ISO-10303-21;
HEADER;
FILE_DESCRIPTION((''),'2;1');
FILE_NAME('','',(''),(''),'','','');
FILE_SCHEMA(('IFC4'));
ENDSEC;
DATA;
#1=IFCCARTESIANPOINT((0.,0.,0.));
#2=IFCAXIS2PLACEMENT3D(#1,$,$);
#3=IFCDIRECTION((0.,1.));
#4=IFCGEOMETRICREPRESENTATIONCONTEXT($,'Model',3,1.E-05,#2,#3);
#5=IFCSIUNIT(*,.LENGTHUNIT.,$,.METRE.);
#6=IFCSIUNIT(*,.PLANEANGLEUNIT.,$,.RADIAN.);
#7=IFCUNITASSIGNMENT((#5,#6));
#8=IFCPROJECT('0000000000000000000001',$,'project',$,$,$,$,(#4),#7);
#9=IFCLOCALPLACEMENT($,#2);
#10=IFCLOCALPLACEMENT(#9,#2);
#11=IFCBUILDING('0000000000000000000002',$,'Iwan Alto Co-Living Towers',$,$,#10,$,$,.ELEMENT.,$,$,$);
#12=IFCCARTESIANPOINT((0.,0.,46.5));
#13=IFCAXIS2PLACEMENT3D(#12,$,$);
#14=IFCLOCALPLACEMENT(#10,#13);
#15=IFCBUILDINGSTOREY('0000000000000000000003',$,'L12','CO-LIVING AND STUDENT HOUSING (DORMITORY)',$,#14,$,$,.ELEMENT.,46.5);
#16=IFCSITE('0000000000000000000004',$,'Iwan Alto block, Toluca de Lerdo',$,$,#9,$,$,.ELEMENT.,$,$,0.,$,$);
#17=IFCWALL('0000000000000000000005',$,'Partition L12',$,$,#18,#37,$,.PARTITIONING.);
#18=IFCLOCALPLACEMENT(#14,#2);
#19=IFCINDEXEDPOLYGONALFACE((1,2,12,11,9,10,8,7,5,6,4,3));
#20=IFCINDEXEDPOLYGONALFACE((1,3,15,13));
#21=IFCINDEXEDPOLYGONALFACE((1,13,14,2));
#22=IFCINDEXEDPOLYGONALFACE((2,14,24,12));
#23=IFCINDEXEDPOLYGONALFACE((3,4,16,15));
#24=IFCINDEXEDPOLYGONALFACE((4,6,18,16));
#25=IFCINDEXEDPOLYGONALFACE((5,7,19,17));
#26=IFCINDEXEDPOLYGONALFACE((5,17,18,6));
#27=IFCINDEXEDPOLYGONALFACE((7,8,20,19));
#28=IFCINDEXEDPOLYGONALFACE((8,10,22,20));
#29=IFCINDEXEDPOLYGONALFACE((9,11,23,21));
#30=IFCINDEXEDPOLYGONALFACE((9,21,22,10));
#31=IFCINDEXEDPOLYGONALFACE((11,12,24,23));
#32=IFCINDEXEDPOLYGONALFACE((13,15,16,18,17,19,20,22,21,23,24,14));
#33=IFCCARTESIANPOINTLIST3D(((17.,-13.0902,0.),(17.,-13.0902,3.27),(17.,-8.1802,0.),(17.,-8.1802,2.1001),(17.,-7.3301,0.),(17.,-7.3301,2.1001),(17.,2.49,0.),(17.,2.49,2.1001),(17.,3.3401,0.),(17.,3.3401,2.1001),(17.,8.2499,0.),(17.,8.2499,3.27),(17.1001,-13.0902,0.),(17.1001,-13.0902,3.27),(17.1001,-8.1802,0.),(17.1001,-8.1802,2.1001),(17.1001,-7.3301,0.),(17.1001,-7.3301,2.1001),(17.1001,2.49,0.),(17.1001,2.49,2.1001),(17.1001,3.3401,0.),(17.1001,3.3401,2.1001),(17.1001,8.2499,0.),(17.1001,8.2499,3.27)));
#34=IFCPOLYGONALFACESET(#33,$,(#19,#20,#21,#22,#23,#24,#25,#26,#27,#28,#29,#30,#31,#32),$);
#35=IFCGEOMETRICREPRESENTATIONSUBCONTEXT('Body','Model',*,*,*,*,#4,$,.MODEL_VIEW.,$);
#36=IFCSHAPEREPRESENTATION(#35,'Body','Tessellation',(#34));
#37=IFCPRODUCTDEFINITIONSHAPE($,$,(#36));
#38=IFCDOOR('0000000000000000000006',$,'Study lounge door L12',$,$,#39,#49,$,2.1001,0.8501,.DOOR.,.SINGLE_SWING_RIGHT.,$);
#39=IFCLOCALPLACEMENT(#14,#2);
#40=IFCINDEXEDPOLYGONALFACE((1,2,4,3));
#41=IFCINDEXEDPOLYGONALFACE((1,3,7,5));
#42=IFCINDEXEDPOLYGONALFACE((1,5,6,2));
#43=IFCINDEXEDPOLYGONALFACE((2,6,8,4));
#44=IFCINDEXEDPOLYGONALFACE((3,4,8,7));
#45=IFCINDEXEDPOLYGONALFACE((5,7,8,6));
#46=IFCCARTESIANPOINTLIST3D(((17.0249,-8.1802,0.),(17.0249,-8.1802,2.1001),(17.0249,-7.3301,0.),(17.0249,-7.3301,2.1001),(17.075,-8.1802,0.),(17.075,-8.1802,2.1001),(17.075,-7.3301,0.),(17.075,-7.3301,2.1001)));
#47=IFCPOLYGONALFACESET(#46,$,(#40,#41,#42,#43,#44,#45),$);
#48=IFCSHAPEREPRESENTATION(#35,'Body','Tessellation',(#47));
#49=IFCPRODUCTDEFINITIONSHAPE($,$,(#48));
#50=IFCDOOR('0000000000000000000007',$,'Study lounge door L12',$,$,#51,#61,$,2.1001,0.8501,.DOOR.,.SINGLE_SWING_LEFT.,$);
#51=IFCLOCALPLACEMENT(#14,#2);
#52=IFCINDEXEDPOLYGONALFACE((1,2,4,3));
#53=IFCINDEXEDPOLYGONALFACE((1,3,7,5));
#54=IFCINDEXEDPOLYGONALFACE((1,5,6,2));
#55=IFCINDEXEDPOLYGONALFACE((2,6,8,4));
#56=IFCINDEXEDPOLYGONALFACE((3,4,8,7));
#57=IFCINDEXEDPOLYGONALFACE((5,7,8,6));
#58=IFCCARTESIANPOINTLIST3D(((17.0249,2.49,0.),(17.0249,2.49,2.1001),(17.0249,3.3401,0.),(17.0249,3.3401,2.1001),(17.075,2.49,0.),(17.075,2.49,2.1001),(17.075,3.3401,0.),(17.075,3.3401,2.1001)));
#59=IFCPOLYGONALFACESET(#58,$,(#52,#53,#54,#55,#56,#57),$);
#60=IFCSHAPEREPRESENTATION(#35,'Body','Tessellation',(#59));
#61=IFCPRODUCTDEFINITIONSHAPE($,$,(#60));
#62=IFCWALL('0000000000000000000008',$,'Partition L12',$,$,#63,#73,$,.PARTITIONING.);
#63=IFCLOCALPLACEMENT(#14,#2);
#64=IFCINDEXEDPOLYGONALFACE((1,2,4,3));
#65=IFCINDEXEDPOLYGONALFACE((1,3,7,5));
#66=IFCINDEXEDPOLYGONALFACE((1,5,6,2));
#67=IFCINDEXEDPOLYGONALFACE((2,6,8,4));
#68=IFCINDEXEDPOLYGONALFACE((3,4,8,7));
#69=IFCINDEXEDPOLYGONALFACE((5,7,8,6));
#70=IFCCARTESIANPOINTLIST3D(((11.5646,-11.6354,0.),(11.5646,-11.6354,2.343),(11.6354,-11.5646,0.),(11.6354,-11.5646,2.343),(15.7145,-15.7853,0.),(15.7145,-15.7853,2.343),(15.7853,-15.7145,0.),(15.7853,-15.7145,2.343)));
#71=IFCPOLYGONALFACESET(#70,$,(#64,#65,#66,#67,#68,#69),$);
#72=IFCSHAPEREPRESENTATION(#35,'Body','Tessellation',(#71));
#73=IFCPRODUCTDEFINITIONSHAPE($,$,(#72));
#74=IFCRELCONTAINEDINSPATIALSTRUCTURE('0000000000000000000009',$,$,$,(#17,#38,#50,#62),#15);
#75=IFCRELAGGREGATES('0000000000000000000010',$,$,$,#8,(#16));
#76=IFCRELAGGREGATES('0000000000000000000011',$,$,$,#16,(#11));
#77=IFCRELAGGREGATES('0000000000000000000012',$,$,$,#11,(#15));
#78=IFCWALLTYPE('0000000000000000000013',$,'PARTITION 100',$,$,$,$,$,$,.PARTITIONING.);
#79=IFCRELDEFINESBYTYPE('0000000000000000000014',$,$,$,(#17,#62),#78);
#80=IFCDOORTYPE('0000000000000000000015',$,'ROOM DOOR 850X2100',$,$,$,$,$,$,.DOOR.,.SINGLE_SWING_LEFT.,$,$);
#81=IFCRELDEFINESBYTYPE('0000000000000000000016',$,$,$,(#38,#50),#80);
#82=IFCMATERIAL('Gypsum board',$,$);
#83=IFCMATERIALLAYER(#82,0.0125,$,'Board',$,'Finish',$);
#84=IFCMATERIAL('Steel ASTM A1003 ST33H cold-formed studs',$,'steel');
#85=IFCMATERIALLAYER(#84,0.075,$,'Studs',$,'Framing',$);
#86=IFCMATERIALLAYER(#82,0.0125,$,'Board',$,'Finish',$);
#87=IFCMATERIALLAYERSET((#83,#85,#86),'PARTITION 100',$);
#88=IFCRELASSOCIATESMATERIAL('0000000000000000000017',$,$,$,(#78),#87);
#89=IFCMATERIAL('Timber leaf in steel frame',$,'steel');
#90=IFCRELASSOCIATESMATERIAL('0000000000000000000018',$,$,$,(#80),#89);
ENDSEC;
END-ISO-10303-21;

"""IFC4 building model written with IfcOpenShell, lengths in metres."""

from ifc_helpers import new_model, si_unit, direction, frame, frame_2d, origin, place, context, subcontext, project, spatial, rectangle, extrude, material, layer, layer_set, type_object, element, fill, save


model = new_model("IFC4")

# Units and contexts
model_context = context("Model", 3, precision=1e-05, world=origin(), true_north=direction((0.0, 1.0)))
body_context = subcontext(model_context, "Body", "Model", "MODEL_VIEW")
ifc_project = project(units=[si_unit("LENGTHUNIT", "METRE"), si_unit("PLANEANGLEUNIT", "RADIAN")], contexts=[model_context])

# Site, building, storey
site_placement = place(None, origin())
site = spatial("IfcSite", under=ifc_project, at=site_placement, Name="Iwan Alto block, Toluca de Lerdo", CompositionType="ELEMENT", RefElevation=0.0)
building_placement = place(site_placement, origin())
building = spatial("IfcBuilding", under=site, at=building_placement, Name="Iwan Alto Co-Living Towers", CompositionType="ELEMENT")
storey_placement = place(building_placement, frame((0.0, 0.0, 46.5)))
storey = spatial("IfcBuildingStorey", under=building, at=storey_placement, Name="L12", Description="CO-LIVING AND STUDENT HOUSING (DORMITORY)", CompositionType="ELEMENT", Elevation=46.5)

# Shared definitions
ifc_material_1 = material(Name="Gypsum board")
ifc_layer_1 = layer(ifc_material_1, 0.0125, Name="Board", Category="Finish")
ifc_material_2 = material(Name="Steel ASTM A1003 ST33H cold-formed studs", Category="steel")
ifc_layer_2 = layer(ifc_material_2, 0.075, Name="Studs", Category="Framing")
ifc_layer_3 = layer(ifc_material_1, 0.0125, Name="Board", Category="Finish")
ifc_layer_set_1 = layer_set([ifc_layer_1, ifc_layer_2, ifc_layer_3], Name="PARTITION 100")
wall_type = type_object("IfcWallType", Name="PARTITION 100", PredefinedType="PARTITIONING", material=ifc_layer_set_1)

# Wall, openings, doors
wall_1_placement = place(storey_placement, frame((17.05, -13.0901, 0.0), z_axis=(0.0, 0.0, 1.0), x_axis=(0.0, 1.0, 0.0)))
wall_1 = element("IfcWall", 1, at=wall_1_placement, inside=storey, type_object=wall_type, Name="Partition L12", PredefinedType="PARTITIONING", context=body_context, shape_type="SweptSolid", body=[
    extrude(rectangle(XDim=21.3401, YDim=0.1001, at=frame_2d((10.6699, 0.0))), origin(), (0.0, 0.0, 1.0), 3.27),
])
opening_1_placement = place(wall_1_placement, frame((4.9099, 0.0, 0.0)))
opening_1 = element("IfcOpeningElement", 2, at=opening_1_placement, cuts=wall_1, PredefinedType="OPENING", context=body_context, shape_type="SweptSolid", body=[
    extrude(rectangle(XDim=0.8501, YDim=2.1001, at=frame_2d((0.425, 1.05))), frame((0.0, 0.0601, 0.0), z_axis=(0.0, -1.0, 0.0), x_axis=(1.0, 0.0, 0.0)), (0.0, 0.0, 1.0), 0.1201),
])
opening_2_placement = place(wall_1_placement, frame((15.5801, 0.0, 0.0)))
opening_2 = element("IfcOpeningElement", 3, at=opening_2_placement, cuts=wall_1, PredefinedType="OPENING", context=body_context, shape_type="SweptSolid", body=[
    extrude(rectangle(XDim=0.8501, YDim=2.1001, at=frame_2d((0.425, 1.05))), frame((0.0, 0.0601, 0.0), z_axis=(0.0, -1.0, 0.0), x_axis=(1.0, 0.0, 0.0)), (0.0, 0.0, 1.0), 0.1201),
])
ifc_material_3 = material(Name="Timber leaf in steel frame", Category="steel")
door_type_1 = type_object("IfcDoorType", Name="ROOM DOOR 850X2100", OperationType="SINGLE_SWING_LEFT", PredefinedType="DOOR", material=ifc_material_3)
door_1_placement = place(opening_1_placement, frame((0.8501, 0.0, 0.0), z_axis=(0.0, 0.0, 1.0), x_axis=(-1.0, 0.0, 0.0)))
door_1 = element("IfcDoor", 4, at=door_1_placement, inside=storey, type_object=door_type_1, Name="Study lounge door L12", OperationType="SINGLE_SWING_RIGHT", OverallHeight=2.1001, OverallWidth=0.8501, PredefinedType="DOOR", context=body_context, shape_type="SweptSolid", body=[
    extrude(rectangle(XDim=0.8501, YDim=2.1001, at=frame_2d((0.425, 1.05))), frame((0.0, 0.0249, 0.0), z_axis=(0.0, -1.0, 0.0), x_axis=(1.0, 0.0, 0.0)), (0.0, 0.0, 1.0), 0.05),
])
fill(opening_1, door_1)
door_2_placement = place(opening_2_placement, frame((0.8501, 0.0, 0.0), z_axis=(0.0, 0.0, 1.0), x_axis=(-1.0, 0.0, 0.0)))
door_2 = element("IfcDoor", 5, at=door_2_placement, inside=storey, type_object=door_type_1, Name="Study lounge door L12", OperationType="SINGLE_SWING_LEFT", OverallHeight=2.1001, OverallWidth=0.8501, PredefinedType="DOOR", context=body_context, shape_type="SweptSolid", body=[
    extrude(rectangle(XDim=0.8501, YDim=2.1001, at=frame_2d((0.425, 1.05))), frame((0.0, 0.0249, 0.0), z_axis=(0.0, -1.0, 0.0), x_axis=(1.0, 0.0, 0.0)), (0.0, 0.0, 1.0), 0.05),
])
fill(opening_2, door_2)

# Wall
wall_2_placement = place(storey_placement, frame((15.75, -15.75, 0.0), z_axis=(0.0, 0.0, 1.0), x_axis=(-0.707107, 0.707107, 0.0)))
element("IfcWall", 6, at=wall_2_placement, inside=storey, type_object=wall_type, Name="Partition L12", PredefinedType="PARTITIONING", context=body_context, shape_type="SweptSolid", body=[
    extrude(rectangle(XDim=5.8689, YDim=0.1001, at=frame_2d((2.9346, 0.0))), origin(), (0.0, 0.0, 1.0), 2.343),
])

save(model, "model.ifc")
